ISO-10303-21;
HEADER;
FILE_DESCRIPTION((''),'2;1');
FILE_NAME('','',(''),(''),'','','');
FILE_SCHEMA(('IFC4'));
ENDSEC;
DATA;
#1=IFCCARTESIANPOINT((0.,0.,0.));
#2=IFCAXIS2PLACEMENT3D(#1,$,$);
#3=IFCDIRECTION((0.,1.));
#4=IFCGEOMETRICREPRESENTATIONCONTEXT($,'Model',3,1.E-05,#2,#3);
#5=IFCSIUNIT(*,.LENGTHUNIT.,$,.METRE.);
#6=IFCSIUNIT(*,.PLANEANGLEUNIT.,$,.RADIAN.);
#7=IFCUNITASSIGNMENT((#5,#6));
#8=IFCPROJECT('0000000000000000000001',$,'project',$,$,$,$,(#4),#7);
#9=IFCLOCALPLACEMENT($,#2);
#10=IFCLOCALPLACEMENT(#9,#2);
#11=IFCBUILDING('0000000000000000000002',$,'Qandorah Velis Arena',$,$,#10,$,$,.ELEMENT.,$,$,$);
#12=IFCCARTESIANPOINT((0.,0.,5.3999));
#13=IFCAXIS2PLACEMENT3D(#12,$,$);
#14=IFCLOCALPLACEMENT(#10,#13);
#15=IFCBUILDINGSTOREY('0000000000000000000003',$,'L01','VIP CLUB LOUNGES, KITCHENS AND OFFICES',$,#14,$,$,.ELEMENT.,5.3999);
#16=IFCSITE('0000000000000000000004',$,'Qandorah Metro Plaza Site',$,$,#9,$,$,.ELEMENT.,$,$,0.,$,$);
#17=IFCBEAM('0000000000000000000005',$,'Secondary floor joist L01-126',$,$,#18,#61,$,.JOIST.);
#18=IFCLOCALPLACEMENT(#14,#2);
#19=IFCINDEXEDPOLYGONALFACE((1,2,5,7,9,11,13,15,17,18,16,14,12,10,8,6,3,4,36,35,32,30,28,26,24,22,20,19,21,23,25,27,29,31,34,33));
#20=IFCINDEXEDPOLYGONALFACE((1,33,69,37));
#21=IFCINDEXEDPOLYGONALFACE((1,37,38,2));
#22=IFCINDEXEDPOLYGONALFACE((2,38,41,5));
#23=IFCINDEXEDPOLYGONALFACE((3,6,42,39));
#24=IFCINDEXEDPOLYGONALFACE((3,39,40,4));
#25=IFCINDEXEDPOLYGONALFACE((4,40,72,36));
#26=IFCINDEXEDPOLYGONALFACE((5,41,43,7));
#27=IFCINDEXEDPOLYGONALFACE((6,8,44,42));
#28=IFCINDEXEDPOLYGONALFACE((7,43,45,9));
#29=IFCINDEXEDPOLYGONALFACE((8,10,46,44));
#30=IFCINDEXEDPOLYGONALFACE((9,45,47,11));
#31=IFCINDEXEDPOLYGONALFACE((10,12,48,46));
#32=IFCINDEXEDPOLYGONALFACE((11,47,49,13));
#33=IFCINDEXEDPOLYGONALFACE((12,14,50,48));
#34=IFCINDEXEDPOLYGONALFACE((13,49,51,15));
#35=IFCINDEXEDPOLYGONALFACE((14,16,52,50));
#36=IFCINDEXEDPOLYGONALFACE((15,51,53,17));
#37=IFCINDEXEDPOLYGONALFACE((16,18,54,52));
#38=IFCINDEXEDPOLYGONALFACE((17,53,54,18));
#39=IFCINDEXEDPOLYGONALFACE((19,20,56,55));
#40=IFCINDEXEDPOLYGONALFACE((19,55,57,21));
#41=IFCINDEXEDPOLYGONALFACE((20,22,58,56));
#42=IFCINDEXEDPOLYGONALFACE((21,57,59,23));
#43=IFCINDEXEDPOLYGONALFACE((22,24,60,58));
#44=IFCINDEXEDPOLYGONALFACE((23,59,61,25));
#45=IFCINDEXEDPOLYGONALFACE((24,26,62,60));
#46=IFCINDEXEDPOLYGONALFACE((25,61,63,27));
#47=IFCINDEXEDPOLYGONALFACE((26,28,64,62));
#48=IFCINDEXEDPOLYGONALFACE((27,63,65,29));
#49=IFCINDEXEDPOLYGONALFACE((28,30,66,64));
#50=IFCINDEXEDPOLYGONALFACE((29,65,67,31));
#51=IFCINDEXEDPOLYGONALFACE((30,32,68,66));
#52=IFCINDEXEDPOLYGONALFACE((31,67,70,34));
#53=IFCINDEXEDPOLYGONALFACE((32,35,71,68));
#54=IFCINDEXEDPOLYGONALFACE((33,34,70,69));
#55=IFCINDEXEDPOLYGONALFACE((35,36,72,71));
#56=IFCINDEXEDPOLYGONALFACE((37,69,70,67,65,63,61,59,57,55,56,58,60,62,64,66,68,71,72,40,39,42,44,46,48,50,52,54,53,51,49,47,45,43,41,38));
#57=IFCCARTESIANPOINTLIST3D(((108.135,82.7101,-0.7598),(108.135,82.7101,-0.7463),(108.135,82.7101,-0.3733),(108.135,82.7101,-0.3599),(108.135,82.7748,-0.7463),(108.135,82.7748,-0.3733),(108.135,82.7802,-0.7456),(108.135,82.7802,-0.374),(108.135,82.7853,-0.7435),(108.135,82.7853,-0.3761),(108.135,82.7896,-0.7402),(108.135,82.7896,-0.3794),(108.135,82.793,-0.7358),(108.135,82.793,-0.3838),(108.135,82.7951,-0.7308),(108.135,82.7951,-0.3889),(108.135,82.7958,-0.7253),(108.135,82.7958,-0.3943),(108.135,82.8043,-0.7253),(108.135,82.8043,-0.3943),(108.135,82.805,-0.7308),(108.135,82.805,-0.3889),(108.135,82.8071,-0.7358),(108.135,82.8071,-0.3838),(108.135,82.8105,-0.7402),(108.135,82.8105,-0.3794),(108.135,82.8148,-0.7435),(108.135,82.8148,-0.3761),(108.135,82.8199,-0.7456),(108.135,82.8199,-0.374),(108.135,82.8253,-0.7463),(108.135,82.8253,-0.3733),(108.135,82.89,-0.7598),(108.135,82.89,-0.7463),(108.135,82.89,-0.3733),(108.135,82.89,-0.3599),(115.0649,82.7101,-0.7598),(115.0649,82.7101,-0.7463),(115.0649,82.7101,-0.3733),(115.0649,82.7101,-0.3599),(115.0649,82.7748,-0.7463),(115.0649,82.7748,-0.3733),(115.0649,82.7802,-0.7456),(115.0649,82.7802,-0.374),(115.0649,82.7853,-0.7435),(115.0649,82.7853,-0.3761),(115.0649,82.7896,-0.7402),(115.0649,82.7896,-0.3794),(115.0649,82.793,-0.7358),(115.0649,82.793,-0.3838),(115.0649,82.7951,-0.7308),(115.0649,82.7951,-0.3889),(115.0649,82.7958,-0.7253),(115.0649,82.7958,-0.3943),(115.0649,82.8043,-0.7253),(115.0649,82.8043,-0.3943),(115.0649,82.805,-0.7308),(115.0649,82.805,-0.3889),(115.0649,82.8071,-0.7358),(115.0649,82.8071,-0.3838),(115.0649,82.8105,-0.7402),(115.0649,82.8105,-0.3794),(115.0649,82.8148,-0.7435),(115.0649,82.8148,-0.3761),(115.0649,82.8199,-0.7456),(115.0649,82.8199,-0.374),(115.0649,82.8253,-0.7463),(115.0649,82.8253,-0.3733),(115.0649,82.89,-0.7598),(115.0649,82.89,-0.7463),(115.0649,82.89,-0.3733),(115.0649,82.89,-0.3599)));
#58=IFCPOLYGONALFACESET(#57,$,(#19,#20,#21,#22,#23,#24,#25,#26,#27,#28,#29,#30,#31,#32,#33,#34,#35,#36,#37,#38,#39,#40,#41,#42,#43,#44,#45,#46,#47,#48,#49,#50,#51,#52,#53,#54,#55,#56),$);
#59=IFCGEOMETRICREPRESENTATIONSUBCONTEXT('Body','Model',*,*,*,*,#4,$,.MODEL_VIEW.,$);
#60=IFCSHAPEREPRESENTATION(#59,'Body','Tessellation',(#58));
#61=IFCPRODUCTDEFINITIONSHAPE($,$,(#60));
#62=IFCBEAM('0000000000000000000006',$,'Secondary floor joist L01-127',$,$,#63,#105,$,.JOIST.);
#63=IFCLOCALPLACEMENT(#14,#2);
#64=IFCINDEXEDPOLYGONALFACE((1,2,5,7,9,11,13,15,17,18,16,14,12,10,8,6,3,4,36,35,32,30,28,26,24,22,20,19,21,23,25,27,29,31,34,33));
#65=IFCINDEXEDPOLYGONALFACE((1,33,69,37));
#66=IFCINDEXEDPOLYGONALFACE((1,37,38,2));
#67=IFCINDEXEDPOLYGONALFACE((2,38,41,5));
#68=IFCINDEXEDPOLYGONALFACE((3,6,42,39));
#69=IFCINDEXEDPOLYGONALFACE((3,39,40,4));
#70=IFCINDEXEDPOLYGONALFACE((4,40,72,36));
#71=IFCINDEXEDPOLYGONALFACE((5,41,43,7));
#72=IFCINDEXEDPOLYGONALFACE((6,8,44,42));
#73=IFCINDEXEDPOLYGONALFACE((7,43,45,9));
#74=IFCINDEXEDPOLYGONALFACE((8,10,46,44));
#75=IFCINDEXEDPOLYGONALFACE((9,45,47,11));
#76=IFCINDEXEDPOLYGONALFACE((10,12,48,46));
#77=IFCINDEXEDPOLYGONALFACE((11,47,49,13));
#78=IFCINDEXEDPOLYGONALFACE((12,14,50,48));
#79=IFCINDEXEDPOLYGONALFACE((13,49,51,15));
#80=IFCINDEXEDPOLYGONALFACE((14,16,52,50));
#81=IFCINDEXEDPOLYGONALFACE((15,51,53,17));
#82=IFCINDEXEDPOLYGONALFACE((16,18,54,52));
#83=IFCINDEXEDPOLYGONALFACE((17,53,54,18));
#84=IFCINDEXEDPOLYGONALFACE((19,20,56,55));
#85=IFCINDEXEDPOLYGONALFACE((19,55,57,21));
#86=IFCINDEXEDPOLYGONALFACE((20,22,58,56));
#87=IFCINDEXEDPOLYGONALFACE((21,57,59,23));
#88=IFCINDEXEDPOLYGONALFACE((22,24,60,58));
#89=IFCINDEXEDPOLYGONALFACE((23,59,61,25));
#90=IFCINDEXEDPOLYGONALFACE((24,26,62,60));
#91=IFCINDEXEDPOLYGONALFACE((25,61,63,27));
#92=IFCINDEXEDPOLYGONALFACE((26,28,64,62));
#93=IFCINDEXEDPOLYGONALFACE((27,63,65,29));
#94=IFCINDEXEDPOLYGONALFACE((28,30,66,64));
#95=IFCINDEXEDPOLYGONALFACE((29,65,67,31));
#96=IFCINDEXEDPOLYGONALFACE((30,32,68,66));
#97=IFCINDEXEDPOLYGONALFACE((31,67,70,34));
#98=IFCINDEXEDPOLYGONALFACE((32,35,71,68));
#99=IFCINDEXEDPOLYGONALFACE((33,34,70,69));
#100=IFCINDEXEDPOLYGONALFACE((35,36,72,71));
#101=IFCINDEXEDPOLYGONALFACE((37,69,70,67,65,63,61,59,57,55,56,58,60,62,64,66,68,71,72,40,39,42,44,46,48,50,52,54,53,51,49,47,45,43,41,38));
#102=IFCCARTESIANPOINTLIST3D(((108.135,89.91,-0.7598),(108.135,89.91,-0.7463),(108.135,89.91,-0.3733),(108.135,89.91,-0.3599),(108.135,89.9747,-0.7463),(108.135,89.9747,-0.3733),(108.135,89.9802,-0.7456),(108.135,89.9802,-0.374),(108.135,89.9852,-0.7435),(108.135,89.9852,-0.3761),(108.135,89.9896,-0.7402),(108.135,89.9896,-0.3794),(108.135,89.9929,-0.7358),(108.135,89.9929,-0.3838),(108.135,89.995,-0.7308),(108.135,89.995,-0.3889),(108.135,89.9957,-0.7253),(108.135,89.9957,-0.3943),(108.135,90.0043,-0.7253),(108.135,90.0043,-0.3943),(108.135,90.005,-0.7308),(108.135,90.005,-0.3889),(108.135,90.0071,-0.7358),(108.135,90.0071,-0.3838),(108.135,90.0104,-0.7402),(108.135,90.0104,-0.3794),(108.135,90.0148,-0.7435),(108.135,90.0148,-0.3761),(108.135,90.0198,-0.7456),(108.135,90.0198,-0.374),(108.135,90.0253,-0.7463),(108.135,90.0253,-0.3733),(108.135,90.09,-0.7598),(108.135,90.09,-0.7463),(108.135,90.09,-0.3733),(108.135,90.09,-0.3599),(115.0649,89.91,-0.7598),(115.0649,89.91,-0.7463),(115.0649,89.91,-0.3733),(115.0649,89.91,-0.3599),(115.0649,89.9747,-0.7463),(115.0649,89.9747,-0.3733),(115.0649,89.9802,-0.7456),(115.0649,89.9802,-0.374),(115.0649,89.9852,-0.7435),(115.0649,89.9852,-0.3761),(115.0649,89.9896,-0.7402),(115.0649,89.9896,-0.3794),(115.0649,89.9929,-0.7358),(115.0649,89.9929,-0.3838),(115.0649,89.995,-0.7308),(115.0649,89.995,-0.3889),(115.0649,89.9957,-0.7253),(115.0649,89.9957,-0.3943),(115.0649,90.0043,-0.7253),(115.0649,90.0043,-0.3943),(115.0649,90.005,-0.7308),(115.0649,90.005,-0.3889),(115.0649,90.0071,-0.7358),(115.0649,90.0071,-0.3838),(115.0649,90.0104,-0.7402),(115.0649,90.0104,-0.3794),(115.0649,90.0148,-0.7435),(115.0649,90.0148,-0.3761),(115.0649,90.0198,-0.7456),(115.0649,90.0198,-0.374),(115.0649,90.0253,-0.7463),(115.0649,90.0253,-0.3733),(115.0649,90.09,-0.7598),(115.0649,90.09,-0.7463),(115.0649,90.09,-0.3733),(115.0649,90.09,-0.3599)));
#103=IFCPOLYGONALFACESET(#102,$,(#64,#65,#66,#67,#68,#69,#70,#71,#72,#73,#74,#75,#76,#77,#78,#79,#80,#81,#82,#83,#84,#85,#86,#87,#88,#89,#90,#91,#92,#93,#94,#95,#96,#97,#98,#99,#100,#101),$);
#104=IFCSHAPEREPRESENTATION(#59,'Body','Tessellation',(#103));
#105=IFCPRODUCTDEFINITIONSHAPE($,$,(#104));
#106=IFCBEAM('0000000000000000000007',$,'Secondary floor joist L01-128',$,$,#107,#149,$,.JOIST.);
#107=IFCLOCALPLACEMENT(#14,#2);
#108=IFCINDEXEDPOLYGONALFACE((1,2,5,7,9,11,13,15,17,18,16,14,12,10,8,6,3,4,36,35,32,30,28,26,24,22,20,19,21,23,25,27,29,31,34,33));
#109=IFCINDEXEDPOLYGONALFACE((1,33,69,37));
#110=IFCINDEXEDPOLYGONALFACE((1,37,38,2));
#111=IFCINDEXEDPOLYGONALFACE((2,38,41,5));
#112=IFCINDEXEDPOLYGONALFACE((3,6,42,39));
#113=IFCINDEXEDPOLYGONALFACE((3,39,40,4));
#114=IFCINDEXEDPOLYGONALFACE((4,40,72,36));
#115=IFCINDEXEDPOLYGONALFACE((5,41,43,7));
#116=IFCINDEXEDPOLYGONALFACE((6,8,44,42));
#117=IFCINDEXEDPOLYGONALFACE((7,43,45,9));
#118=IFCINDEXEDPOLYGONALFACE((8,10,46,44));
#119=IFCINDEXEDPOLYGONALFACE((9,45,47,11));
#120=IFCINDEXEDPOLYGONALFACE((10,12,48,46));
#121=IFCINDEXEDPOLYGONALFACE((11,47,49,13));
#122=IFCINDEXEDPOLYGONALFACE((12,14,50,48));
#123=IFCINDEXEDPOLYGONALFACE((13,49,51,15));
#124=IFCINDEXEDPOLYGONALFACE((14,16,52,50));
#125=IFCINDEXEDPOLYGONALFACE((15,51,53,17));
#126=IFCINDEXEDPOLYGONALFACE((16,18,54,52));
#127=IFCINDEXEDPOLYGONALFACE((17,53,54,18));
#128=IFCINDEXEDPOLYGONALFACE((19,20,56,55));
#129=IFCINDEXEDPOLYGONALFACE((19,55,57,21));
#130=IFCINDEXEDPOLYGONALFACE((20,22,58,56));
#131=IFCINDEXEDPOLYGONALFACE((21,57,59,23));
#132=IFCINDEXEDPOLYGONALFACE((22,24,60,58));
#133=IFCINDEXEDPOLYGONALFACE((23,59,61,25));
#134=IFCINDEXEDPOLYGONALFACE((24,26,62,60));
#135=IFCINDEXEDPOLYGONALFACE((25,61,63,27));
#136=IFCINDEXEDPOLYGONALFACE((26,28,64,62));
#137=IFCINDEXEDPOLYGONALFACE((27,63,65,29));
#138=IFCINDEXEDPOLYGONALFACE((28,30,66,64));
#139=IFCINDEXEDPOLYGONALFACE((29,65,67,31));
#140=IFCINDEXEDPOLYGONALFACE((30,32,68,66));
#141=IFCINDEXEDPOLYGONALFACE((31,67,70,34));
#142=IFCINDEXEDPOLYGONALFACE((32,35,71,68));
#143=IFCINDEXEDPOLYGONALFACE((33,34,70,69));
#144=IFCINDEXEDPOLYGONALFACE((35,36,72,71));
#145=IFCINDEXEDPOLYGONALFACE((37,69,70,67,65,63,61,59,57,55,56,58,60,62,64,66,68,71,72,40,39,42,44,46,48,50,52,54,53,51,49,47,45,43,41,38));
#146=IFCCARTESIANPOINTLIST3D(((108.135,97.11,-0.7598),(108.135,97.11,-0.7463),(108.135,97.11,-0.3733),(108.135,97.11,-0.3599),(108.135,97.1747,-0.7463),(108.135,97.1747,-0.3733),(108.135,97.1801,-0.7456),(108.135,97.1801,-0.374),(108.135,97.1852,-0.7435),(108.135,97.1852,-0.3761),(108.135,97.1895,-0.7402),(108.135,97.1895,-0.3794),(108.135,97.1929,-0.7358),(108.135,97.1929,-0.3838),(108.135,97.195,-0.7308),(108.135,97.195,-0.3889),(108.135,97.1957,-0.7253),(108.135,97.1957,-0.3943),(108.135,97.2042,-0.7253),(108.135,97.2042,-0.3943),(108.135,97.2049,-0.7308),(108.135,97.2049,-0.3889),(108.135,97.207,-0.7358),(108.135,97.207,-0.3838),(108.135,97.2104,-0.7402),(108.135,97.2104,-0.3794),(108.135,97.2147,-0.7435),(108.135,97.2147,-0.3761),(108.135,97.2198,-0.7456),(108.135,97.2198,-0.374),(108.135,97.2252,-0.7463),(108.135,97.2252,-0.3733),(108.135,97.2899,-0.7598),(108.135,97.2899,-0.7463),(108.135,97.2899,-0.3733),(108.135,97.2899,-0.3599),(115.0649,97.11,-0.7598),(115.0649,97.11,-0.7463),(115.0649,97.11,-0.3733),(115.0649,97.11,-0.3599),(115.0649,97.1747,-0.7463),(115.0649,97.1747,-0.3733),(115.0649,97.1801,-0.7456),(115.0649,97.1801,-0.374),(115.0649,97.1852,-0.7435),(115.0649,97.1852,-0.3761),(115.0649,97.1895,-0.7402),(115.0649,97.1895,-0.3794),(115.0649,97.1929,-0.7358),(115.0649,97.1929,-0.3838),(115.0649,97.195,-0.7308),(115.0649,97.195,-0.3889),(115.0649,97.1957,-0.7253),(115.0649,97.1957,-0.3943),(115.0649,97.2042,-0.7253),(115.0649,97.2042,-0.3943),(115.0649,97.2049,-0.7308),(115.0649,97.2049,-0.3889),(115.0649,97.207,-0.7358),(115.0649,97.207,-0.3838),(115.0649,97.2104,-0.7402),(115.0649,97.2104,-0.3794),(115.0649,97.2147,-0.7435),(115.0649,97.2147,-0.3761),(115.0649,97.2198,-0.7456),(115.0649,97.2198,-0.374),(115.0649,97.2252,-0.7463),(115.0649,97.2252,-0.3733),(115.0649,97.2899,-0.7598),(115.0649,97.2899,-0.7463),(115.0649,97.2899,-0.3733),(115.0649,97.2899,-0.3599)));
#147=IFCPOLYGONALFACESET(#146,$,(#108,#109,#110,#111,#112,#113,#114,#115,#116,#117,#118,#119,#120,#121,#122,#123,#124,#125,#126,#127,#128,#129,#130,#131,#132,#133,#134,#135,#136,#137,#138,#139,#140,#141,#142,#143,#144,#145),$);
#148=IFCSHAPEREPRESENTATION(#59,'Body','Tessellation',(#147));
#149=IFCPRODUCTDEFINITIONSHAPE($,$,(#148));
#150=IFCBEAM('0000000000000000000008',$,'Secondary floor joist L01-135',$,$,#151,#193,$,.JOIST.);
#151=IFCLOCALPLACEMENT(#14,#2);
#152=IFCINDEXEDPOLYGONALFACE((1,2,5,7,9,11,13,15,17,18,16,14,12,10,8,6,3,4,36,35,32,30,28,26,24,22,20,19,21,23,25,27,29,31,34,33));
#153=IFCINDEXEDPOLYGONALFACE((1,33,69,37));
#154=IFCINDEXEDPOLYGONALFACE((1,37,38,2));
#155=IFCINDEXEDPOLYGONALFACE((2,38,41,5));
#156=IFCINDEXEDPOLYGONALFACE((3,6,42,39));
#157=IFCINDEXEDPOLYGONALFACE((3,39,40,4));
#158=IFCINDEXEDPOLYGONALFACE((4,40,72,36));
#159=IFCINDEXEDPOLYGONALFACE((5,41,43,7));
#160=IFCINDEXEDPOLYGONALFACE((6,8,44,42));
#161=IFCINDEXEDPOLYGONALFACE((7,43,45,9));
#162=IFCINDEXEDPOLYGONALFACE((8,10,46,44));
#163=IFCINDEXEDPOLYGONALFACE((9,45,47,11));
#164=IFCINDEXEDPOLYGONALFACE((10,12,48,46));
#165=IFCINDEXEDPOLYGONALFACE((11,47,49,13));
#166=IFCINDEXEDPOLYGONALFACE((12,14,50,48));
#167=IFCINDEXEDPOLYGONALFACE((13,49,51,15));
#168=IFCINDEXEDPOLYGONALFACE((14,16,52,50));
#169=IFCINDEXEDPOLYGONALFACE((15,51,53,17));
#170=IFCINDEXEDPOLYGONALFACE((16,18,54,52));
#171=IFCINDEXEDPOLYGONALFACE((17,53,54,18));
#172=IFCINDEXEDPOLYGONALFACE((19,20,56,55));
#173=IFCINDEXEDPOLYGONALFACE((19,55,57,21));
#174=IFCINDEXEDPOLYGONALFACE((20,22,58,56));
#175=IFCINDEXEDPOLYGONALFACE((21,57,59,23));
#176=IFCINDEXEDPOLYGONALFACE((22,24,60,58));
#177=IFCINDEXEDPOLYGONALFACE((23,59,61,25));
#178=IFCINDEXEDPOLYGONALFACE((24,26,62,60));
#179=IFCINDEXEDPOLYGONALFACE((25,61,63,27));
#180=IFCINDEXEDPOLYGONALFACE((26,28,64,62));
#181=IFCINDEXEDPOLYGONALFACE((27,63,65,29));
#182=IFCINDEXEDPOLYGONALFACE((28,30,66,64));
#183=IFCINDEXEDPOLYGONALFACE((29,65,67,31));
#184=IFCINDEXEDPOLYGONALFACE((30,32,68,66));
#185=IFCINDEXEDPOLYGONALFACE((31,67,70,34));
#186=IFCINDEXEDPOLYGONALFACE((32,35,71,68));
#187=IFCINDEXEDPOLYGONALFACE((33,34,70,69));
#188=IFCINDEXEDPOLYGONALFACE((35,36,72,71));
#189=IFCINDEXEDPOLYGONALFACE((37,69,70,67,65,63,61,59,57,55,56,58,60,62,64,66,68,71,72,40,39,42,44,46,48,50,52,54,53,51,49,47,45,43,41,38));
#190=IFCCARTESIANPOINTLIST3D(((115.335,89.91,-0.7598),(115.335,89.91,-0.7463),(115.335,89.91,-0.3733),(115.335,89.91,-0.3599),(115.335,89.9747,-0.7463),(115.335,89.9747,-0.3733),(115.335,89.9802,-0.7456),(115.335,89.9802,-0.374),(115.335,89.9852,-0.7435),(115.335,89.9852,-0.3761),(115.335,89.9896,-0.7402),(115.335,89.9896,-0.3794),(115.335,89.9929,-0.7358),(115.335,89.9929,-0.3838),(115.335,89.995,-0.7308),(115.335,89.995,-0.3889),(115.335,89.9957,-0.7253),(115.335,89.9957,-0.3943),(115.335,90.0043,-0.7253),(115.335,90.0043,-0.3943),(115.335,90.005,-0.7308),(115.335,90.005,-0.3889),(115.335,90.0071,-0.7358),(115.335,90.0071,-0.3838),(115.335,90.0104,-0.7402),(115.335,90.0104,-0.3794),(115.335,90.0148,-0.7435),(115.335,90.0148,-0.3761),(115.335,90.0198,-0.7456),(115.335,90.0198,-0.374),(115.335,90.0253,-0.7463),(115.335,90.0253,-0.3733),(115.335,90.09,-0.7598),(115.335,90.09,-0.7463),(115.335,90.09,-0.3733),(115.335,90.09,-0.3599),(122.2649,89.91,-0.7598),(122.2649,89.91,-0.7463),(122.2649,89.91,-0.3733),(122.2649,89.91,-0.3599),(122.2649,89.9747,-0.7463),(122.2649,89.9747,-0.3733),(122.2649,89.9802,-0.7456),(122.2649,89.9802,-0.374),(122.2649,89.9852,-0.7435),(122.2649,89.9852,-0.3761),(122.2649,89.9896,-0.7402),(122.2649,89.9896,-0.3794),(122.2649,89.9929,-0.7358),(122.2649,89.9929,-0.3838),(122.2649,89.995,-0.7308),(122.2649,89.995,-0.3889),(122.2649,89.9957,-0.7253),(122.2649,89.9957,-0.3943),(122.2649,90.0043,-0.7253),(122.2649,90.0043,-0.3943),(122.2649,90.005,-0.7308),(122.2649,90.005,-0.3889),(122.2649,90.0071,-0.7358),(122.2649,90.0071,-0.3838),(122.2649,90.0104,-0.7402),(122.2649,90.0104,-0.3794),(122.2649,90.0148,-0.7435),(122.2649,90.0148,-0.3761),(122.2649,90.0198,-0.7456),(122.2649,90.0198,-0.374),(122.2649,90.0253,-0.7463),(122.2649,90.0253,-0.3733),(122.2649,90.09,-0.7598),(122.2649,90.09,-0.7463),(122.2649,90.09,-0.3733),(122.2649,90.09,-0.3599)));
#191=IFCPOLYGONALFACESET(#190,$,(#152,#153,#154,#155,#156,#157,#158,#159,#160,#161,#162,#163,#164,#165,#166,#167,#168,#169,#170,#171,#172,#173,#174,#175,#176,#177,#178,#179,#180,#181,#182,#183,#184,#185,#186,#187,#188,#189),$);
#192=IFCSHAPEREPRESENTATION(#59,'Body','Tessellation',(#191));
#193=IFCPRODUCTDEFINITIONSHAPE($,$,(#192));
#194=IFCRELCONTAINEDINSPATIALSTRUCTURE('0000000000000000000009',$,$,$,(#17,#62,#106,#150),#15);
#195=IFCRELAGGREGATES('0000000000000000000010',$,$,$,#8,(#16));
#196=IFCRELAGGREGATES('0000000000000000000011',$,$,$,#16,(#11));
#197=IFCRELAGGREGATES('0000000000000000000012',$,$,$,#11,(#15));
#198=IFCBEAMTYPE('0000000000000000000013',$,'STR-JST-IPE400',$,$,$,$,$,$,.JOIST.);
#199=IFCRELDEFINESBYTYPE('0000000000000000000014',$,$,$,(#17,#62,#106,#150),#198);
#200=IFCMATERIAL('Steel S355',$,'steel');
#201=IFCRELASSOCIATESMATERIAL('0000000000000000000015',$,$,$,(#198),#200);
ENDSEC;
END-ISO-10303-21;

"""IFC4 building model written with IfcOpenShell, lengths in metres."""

from ifc_helpers import new_model, si_unit, direction, frame, origin, origin_2d, place, context, subcontext, project, spatial, i_section, extrude, material, material_profile, profile_set, type_object, element, save


model = new_model("IFC4")

# Units and contexts
model_context = context("Model", 3, precision=1e-05, world=origin(), true_north=direction((0.0, 1.0)))
body_context = subcontext(model_context, "Body", "Model", "MODEL_VIEW")
ifc_project = project(units=[si_unit("LENGTHUNIT", "METRE"), si_unit("PLANEANGLEUNIT", "RADIAN")], contexts=[model_context])

# Site, building, storey
site_placement = place(None, origin())
site = spatial("IfcSite", under=ifc_project, at=site_placement, Name="Qandorah Metro Plaza Site", CompositionType="ELEMENT", RefElevation=0.0)
building_placement = place(site_placement, origin())
building = spatial("IfcBuilding", under=site, at=building_placement, Name="Qandorah Velis Arena", CompositionType="ELEMENT")
storey_placement = place(building_placement, frame((0.0, 0.0, 5.3999)))
storey = spatial("IfcBuildingStorey", under=building, at=storey_placement, Name="L01", Description="VIP CLUB LOUNGES, KITCHENS AND OFFICES", CompositionType="ELEMENT", Elevation=5.3999)

# Beams
ifc_material_1 = material(Name="Steel S355", Category="steel")
ifc_material_profile_1 = material_profile(ifc_material_1, i_section(OverallWidth=0.1799, OverallDepth=0.3999, WebThickness=0.0085, FlangeThickness=0.0134, FilletRadius=0.021, at=origin_2d()), Name="IPE 400")
ifc_profile_set_1 = profile_set([ifc_material_profile_1], Name="Steel S355")
beam_type_1 = type_object("IfcBeamType", Name="STR-JST-IPE400", PredefinedType="JOIST", material=ifc_profile_set_1)
for number, where, z_axis, x_axis, name in (
    (1, (108.135, 82.8, -0.5598), (1.0, 0.0, 0.0), (0.0, 1.0, 0.0), "Secondary floor joist L01-126"),
    (2, (108.135, 90.0, -0.5598), (1.0, 0.0, 0.0), (0.0, 1.0, 0.0), "Secondary floor joist L01-127"),
    (3, (108.135, 97.2, -0.5598), (1.0, 0.0, 0.0), (0.0, 1.0, 0.0), "Secondary floor joist L01-128"),
    (4, (115.335, 90.0, -0.5598), (1.0, 0.0, 0.0), (0.0, 1.0, 0.0), "Secondary floor joist L01-135"),
):
    element("IfcBeam", number, at=place(storey_placement, frame(where, z_axis=z_axis, x_axis=x_axis)), inside=storey, type_object=beam_type_1, Name=name, PredefinedType="JOIST", context=body_context, shape_type="SweptSolid", body=[
        extrude(i_section(OverallWidth=0.1799, OverallDepth=0.3999, WebThickness=0.0085, FlangeThickness=0.0134, FilletRadius=0.021, at=origin_2d()), origin(), (0.0, 0.0, 1.0), 6.9299),
    ])

save(model, "model.ifc")
